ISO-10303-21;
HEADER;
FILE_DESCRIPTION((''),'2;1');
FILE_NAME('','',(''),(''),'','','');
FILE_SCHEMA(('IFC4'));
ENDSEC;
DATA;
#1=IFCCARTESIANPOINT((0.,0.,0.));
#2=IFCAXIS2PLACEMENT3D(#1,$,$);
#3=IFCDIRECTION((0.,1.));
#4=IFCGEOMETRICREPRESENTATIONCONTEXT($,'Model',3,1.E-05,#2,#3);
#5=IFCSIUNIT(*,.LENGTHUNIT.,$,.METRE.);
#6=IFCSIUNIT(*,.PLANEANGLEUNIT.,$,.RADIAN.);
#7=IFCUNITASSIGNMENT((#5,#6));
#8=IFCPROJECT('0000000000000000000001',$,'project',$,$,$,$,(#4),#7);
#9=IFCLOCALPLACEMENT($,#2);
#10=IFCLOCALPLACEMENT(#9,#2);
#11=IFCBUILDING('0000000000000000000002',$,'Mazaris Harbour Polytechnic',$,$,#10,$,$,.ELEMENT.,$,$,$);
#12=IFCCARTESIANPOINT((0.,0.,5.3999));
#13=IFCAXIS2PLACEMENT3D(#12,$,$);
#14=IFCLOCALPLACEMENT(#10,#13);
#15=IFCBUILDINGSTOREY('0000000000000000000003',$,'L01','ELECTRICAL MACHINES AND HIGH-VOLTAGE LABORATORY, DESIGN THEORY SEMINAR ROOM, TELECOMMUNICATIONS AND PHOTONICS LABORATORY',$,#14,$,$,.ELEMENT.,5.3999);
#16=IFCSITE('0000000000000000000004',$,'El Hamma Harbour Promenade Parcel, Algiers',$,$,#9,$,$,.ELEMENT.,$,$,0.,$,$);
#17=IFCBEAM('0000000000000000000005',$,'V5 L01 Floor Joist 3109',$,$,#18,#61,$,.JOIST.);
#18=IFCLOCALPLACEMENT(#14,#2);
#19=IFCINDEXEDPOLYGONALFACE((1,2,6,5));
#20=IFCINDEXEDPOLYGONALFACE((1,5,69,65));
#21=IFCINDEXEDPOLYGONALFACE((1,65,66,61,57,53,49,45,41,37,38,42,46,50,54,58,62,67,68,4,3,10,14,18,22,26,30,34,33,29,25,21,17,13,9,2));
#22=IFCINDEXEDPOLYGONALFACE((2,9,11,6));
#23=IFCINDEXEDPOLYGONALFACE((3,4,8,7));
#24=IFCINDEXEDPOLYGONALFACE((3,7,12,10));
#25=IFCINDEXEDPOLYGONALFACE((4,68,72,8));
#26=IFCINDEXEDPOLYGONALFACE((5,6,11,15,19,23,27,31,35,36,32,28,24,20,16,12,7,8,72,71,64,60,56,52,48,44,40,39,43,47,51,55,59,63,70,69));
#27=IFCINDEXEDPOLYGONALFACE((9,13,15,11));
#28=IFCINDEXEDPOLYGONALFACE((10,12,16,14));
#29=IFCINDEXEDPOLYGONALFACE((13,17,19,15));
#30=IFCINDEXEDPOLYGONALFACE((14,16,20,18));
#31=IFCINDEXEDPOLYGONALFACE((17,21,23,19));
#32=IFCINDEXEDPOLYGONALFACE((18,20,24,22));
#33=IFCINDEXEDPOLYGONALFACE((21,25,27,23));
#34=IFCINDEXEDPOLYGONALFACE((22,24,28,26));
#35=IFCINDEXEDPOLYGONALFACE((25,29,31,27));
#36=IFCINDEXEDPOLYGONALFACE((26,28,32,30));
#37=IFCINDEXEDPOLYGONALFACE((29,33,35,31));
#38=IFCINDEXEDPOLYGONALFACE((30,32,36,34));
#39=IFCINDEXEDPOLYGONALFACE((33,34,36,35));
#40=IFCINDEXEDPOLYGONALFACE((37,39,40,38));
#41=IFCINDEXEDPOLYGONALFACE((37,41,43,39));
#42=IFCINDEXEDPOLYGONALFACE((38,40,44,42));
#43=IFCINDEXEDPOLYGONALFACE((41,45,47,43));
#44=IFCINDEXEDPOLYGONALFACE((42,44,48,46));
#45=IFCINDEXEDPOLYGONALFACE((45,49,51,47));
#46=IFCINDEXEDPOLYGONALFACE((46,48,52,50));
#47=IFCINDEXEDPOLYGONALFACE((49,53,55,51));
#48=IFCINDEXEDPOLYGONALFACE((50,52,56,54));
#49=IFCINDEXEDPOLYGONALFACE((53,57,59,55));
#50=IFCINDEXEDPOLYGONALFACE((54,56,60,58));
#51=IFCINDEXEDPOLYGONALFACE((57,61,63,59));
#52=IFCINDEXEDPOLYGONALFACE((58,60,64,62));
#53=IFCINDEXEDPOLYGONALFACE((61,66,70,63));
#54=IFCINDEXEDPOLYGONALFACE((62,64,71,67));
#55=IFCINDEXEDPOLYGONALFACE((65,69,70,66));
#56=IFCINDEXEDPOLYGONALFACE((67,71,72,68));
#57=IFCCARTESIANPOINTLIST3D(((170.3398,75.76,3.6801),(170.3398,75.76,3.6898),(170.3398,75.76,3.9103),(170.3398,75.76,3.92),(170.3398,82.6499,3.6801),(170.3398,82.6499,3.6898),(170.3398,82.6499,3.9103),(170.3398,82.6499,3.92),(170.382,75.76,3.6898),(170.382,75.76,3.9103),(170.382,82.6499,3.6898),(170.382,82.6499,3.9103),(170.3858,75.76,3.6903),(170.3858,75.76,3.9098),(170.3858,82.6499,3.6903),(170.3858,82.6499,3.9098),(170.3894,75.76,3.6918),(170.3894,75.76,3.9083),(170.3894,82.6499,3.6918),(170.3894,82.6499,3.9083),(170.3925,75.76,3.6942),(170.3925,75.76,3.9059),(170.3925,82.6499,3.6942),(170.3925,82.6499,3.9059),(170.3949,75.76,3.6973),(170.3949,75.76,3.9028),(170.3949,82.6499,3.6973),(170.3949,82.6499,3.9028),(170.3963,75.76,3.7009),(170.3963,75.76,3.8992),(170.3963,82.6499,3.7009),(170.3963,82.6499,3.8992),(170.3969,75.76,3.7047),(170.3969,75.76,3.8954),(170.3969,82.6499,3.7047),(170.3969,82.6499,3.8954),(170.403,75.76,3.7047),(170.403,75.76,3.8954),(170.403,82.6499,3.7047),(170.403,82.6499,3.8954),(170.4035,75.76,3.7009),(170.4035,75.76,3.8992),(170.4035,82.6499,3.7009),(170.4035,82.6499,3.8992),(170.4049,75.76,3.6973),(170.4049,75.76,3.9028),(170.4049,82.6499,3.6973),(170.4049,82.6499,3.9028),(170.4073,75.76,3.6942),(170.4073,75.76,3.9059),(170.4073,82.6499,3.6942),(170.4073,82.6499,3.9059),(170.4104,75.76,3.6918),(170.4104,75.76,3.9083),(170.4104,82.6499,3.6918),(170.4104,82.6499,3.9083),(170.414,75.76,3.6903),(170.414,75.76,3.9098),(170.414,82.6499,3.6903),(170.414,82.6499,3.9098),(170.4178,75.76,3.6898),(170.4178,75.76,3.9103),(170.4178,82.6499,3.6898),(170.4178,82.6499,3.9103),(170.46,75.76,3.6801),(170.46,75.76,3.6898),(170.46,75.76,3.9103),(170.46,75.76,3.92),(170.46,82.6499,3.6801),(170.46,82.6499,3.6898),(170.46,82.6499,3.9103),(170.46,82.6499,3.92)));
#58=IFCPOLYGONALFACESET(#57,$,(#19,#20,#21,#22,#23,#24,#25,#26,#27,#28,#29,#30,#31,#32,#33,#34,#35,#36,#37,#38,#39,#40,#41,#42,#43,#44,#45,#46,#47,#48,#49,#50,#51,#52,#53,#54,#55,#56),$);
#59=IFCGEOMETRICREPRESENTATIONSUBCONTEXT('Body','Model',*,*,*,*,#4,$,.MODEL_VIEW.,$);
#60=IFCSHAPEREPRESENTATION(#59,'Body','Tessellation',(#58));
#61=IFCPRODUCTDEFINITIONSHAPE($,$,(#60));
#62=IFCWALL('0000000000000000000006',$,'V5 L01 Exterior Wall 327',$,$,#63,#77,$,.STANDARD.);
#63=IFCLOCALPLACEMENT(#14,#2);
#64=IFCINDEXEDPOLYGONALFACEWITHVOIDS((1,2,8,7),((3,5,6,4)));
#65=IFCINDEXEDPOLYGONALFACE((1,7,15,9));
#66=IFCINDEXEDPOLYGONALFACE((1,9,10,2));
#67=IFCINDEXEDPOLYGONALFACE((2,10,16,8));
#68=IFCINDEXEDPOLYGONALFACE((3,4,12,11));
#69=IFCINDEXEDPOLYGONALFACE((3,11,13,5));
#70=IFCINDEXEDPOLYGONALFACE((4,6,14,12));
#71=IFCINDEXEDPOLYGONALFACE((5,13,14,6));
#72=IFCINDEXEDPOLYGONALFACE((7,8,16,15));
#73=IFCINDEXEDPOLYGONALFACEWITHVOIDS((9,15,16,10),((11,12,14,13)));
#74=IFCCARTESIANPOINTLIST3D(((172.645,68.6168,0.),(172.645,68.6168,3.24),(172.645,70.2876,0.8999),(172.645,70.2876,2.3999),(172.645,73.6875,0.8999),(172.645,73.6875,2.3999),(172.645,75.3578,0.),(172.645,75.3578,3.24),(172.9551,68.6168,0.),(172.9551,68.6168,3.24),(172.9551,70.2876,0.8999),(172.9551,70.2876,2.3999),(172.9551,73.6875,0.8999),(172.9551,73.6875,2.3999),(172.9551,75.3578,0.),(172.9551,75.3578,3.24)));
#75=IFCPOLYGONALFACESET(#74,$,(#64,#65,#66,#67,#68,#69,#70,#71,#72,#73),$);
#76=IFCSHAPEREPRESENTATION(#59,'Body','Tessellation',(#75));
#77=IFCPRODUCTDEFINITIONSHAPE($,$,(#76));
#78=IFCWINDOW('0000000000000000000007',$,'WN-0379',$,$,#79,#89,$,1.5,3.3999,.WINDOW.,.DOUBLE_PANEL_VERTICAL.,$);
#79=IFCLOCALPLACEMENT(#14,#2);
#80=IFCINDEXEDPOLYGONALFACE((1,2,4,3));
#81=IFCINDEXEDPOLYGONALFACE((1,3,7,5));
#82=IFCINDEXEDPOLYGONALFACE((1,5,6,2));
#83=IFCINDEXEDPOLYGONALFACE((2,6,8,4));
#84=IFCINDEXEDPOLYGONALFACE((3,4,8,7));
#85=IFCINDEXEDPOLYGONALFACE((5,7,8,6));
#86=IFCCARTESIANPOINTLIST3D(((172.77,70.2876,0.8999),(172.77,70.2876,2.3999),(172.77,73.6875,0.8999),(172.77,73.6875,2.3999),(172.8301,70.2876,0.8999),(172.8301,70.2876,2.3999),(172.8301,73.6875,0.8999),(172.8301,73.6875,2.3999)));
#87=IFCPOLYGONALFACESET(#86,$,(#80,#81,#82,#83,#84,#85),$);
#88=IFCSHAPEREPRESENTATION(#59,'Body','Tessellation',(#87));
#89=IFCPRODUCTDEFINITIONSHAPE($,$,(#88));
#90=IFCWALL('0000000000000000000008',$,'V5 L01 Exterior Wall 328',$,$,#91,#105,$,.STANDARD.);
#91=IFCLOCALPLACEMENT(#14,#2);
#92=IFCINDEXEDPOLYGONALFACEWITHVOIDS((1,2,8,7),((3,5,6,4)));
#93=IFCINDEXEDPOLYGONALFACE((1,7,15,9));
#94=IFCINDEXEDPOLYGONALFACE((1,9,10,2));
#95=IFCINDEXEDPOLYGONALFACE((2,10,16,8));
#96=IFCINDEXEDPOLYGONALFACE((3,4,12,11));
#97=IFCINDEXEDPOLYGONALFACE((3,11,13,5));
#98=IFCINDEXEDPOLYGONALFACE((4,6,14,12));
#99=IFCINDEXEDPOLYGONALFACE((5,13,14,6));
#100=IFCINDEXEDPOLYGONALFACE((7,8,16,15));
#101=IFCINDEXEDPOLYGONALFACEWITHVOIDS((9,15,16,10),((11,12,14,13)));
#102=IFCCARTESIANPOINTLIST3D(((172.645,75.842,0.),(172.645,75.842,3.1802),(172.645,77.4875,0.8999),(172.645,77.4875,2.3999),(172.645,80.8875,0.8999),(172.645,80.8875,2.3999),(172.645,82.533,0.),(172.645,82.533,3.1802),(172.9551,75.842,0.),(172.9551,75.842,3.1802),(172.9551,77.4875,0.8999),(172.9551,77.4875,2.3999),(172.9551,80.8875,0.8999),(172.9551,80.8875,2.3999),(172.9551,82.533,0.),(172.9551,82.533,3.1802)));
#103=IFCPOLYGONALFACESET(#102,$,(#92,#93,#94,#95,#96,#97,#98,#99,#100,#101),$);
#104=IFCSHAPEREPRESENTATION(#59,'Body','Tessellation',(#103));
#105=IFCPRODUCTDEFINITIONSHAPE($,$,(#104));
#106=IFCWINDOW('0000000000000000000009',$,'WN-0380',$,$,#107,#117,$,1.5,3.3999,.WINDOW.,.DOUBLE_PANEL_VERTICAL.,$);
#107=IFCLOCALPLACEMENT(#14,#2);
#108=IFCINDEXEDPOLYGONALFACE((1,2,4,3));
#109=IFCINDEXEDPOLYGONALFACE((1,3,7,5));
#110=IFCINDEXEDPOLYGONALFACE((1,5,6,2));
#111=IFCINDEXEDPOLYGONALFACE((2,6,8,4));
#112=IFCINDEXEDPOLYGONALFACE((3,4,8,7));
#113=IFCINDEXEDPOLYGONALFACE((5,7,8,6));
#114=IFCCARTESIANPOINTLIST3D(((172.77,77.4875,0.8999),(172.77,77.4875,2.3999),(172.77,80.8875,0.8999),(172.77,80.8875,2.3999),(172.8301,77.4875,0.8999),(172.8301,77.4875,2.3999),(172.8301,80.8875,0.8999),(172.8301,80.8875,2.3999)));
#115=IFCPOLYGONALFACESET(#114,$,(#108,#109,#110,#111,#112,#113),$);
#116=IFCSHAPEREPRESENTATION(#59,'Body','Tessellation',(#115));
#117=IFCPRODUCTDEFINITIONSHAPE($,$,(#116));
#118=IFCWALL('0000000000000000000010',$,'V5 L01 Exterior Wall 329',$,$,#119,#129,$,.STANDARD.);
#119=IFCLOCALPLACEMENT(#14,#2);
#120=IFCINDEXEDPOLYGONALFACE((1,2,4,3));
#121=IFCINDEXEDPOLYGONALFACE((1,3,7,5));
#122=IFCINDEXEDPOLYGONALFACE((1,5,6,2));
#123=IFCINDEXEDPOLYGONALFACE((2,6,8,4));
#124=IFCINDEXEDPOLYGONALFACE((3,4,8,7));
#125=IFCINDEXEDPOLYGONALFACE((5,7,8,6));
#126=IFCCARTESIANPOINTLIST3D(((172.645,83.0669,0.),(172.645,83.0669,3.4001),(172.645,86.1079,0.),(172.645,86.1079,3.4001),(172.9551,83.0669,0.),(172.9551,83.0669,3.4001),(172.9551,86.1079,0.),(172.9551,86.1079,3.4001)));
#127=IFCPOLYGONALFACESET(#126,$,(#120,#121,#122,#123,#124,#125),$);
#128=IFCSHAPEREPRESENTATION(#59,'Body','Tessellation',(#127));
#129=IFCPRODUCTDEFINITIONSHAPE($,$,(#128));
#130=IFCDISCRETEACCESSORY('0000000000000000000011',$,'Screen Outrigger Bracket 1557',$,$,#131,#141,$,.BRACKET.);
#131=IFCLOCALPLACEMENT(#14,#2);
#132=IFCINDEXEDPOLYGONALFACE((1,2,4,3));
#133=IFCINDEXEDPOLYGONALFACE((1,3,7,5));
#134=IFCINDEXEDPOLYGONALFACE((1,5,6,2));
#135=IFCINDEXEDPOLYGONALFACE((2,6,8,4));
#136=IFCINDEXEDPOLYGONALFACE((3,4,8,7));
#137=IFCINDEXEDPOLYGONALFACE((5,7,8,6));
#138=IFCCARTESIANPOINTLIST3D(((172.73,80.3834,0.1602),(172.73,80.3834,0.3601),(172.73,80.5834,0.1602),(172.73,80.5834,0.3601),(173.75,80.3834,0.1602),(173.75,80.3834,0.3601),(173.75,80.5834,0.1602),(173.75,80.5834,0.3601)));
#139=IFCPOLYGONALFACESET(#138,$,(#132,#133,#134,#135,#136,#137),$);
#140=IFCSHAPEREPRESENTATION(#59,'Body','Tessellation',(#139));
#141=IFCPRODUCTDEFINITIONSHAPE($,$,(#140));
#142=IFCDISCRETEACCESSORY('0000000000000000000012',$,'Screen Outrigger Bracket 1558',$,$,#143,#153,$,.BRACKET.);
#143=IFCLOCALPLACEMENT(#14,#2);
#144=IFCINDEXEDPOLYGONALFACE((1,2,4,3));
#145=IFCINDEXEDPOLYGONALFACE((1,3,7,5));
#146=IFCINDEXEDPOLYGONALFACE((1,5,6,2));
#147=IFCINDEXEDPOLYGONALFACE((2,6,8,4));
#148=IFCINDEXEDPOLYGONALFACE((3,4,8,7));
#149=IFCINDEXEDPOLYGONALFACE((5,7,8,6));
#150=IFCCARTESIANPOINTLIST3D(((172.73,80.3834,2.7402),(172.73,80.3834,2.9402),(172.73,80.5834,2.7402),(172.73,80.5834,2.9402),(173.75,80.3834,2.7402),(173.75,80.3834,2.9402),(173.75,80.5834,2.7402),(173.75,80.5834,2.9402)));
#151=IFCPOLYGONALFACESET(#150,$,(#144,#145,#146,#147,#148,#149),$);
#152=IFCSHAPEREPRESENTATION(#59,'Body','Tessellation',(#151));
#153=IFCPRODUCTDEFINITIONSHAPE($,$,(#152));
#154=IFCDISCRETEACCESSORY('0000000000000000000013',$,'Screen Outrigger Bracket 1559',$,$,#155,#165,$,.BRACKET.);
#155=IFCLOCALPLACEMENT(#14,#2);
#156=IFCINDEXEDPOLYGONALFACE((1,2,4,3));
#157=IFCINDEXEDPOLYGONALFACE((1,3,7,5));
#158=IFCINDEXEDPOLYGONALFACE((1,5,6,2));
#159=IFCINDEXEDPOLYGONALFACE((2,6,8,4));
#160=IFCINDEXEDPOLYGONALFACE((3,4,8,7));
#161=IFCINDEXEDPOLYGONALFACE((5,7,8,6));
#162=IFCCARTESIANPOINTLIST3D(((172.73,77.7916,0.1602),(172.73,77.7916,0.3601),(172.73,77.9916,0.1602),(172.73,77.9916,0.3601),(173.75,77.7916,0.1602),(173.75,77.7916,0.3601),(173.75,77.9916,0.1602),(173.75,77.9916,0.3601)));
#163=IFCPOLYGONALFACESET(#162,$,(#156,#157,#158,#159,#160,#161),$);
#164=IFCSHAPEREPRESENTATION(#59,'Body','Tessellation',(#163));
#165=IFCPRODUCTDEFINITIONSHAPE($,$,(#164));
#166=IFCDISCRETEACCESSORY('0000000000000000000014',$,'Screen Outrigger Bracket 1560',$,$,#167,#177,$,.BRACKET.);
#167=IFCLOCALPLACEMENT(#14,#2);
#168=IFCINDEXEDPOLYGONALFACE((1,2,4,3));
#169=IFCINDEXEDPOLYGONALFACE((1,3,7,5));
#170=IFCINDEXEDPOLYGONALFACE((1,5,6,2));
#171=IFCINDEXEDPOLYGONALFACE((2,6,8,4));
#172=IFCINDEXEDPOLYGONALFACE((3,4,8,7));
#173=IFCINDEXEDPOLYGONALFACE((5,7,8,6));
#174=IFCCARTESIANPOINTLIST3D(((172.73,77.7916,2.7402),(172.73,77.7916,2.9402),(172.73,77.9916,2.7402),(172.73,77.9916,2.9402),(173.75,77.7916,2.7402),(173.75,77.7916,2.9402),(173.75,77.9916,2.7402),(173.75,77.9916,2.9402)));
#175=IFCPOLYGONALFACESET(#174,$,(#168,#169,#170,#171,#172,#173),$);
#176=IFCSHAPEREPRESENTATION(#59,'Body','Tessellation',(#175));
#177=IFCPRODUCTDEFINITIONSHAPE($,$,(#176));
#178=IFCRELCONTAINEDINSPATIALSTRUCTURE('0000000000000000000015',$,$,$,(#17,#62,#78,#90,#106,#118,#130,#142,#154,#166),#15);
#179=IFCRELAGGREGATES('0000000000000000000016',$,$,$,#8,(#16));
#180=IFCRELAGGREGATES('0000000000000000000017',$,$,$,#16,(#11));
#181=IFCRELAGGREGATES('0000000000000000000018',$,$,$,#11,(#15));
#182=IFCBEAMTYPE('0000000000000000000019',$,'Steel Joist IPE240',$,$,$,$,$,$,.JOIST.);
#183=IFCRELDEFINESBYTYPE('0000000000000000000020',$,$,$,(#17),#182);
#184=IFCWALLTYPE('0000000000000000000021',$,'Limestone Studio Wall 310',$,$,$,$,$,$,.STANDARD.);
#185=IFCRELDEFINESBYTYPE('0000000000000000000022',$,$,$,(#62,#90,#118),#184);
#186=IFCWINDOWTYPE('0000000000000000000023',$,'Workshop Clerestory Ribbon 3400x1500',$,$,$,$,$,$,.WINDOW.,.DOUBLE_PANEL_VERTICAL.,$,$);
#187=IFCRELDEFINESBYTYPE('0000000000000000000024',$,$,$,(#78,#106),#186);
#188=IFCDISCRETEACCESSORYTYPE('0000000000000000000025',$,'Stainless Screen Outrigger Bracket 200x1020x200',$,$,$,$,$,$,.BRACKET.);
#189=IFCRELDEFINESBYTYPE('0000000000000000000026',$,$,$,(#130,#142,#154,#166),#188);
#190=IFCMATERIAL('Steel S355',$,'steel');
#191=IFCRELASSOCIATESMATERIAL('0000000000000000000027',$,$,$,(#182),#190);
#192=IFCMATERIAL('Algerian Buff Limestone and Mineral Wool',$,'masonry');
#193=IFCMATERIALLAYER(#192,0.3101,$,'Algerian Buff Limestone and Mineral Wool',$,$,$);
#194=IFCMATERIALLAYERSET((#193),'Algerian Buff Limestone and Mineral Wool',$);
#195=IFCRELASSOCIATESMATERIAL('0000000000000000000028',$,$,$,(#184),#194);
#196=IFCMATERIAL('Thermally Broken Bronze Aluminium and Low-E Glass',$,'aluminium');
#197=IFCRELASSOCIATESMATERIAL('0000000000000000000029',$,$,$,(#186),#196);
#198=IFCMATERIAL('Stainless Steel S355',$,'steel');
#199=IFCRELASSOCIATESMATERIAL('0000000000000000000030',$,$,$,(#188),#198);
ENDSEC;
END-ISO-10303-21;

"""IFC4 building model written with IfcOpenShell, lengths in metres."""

from ifc_helpers import new_model, si_unit, direction, frame, frame_2d, origin, origin_2d, place, context, subcontext, project, spatial, rectangle, i_section, extrude, material, layer, layer_set, material_profile, profile_set, type_object, element, fill, save


model = new_model("IFC4")

# Units and contexts
model_context = context("Model", 3, precision=1e-05, world=origin(), true_north=direction((0.0, 1.0)))
body_context = subcontext(model_context, "Body", "Model", "MODEL_VIEW")
ifc_project = project(units=[si_unit("LENGTHUNIT", "METRE"), si_unit("PLANEANGLEUNIT", "RADIAN")], contexts=[model_context])

# Site, building, storey
site_placement = place(None, origin())
site = spatial("IfcSite", under=ifc_project, at=site_placement, Name="El Hamma Harbour Promenade Parcel, Algiers", CompositionType="ELEMENT", RefElevation=0.0)
building_placement = place(site_placement, origin())
building = spatial("IfcBuilding", under=site, at=building_placement, Name="Mazaris Harbour Polytechnic", CompositionType="ELEMENT")
storey_placement = place(building_placement, frame((0.0, 0.0, 5.3999)))
storey = spatial("IfcBuildingStorey", under=building, at=storey_placement, Name="L01", Description="ELECTRICAL MACHINES AND HIGH-VOLTAGE LABORATORY, DESIGN THEORY SEMINAR ROOM, TELECOMMUNICATIONS AND PHOTONICS LABORATORY", CompositionType="ELEMENT", Elevation=5.3999)

# Beam
ifc_material_1 = material(Name="Steel S355", Category="steel")
ifc_material_profile_1 = material_profile(ifc_material_1, i_section(OverallWidth=0.1201, OverallDepth=0.24, WebThickness=0.0061, FlangeThickness=0.0098, FilletRadius=0.0149, at=origin_2d()), Name="IPE 240")
ifc_profile_set_1 = profile_set([ifc_material_profile_1], Name="Steel S355")
beam_type_1 = type_object("IfcBeamType", Name="Steel Joist IPE240", PredefinedType="JOIST", material=ifc_profile_set_1)
beam_1_placement = place(storey_placement, frame((170.3999, 75.76, 3.8), z_axis=(0.0, 1.0, 0.0), x_axis=(-1.0, 0.0, 0.0)))
element("IfcBeam", 1, at=beam_1_placement, inside=storey, type_object=beam_type_1, Name="V5 L01 Floor Joist 3109", PredefinedType="JOIST", context=body_context, shape_type="SweptSolid", body=[
    extrude(i_section(OverallWidth=0.1201, OverallDepth=0.24, WebThickness=0.0061, FlangeThickness=0.0098, FilletRadius=0.0149, at=origin_2d()), origin(), (0.0, 0.0, 1.0), 6.8899),
])

# Walls, openings, windows
ifc_material_2 = material(Name="Algerian Buff Limestone and Mineral Wool", Category="masonry")
ifc_layer = layer(ifc_material_2, 0.3101, Name="Algerian Buff Limestone and Mineral Wool")
ifc_layer_set = layer_set([ifc_layer], Name="Algerian Buff Limestone and Mineral Wool")
wall_type = type_object("IfcWallType", Name="Limestone Studio Wall 310", PredefinedType="STANDARD", material=ifc_layer_set)
wall_1_placement = place(storey_placement, frame((172.8, 75.3579, 0.0), z_axis=(0.0, 0.0, 1.0), x_axis=(0.0, -1.0, 0.0)))
wall_1 = element("IfcWall", 2, at=wall_1_placement, inside=storey, type_object=wall_type, Name="V5 L01 Exterior Wall 327", PredefinedType="STANDARD", context=body_context, shape_type="SweptSolid", body=[
    extrude(rectangle(XDim=6.741, YDim=0.3101, at=frame_2d((3.3706, 0.0))), origin(), (0.0, 0.0, 1.0), 3.24),
])
opening_1_placement = place(wall_1_placement, frame((1.6704, 0.0, 0.8999)))
opening_1 = element("IfcOpeningElement", 3, at=opening_1_placement, cuts=wall_1, PredefinedType="OPENING", context=body_context, shape_type="SweptSolid", body=[
    extrude(rectangle(XDim=3.3999, YDim=1.5, at=frame_2d((1.7, 0.75))), frame((0.0, 0.165, 0.0), z_axis=(0.0, -1.0, 0.0), x_axis=(1.0, 0.0, 0.0)), (0.0, 0.0, 1.0), 0.3301),
])
ifc_material_3 = material(Name="Thermally Broken Bronze Aluminium and Low-E Glass", Category="aluminium")
window_type = type_object("IfcWindowType", Name="Workshop Clerestory Ribbon 3400x1500", PartitioningType="DOUBLE_PANEL_VERTICAL", PredefinedType="WINDOW", material=ifc_material_3)
window_1_placement = place(opening_1_placement, origin())
window_1 = element("IfcWindow", 4, at=window_1_placement, inside=storey, type_object=window_type, Name="WN-0379", OverallHeight=1.5, OverallWidth=3.3999, PartitioningType="DOUBLE_PANEL_VERTICAL", PredefinedType="WINDOW", context=body_context, shape_type="SweptSolid", body=[
    extrude(rectangle(XDim=3.3999, YDim=1.5, at=frame_2d((1.7, 0.75))), frame((0.0, 0.03, 0.0), z_axis=(0.0, -1.0, 0.0), x_axis=(1.0, 0.0, 0.0)), (0.0, 0.0, 1.0), 0.0601),
])
fill(opening_1, window_1)
wall_2_placement = place(storey_placement, frame((172.8, 82.533, 0.0), z_axis=(0.0, 0.0, 1.0), x_axis=(0.0, -1.0, 0.0)))
wall_2 = element("IfcWall", 5, at=wall_2_placement, inside=storey, type_object=wall_type, Name="V5 L01 Exterior Wall 328", PredefinedType="STANDARD", context=body_context, shape_type="SweptSolid", body=[
    extrude(rectangle(XDim=6.6909, YDim=0.3101, at=frame_2d((3.3455, 0.0))), origin(), (0.0, 0.0, 1.0), 3.1802),
])
opening_2_placement = place(wall_2_placement, frame((1.6455, 0.0, 0.8999)))
opening_2 = element("IfcOpeningElement", 6, at=opening_2_placement, cuts=wall_2, PredefinedType="OPENING", context=body_context, shape_type="SweptSolid", body=[
    extrude(rectangle(XDim=3.3999, YDim=1.5, at=frame_2d((1.7, 0.75))), frame((0.0, 0.165, 0.0), z_axis=(0.0, -1.0, 0.0), x_axis=(1.0, 0.0, 0.0)), (0.0, 0.0, 1.0), 0.3301),
])
window_2_placement = place(opening_2_placement, origin())
window_2 = element("IfcWindow", 7, at=window_2_placement, inside=storey, type_object=window_type, Name="WN-0380", OverallHeight=1.5, OverallWidth=3.3999, PartitioningType="DOUBLE_PANEL_VERTICAL", PredefinedType="WINDOW", context=body_context, shape_type="SweptSolid", body=[
    extrude(rectangle(XDim=3.3999, YDim=1.5, at=frame_2d((1.7, 0.75))), frame((0.0, 0.03, 0.0), z_axis=(0.0, -1.0, 0.0), x_axis=(1.0, 0.0, 0.0)), (0.0, 0.0, 1.0), 0.0601),
])
fill(opening_2, window_2)

# Wall
wall_3_placement = place(storey_placement, frame((172.8, 86.1079, 0.0), z_axis=(0.0, 0.0, 1.0), x_axis=(0.0, -1.0, 0.0)))
element("IfcWall", 8, at=wall_3_placement, inside=storey, type_object=wall_type, Name="V5 L01 Exterior Wall 329", PredefinedType="STANDARD", context=body_context, shape_type="SweptSolid", body=[
    extrude(rectangle(XDim=3.041, YDim=0.3101, at=frame_2d((1.5205, 0.0))), origin(), (0.0, 0.0, 1.0), 3.4001),
])

# Discrete accessories
ifc_material_4 = material(Name="Stainless Steel S355", Category="steel")
discrete_accessory_type = type_object("IfcDiscreteAccessoryType", Name="Stainless Screen Outrigger Bracket 200x1020x200", PredefinedType="BRACKET", material=ifc_material_4)
for number, where, z_axis, x_axis, name in (
    (9, (173.24, 80.4834, 0.1602), (0.0, 0.0, 1.0), (0.0, -1.0, 0.0), "Screen Outrigger Bracket 1557"),
    (10, (173.24, 80.4834, 2.7402), (0.0, 0.0, 1.0), (0.0, -1.0, 0.0), "Screen Outrigger Bracket 1558"),
    (11, (173.24, 77.8916, 0.1602), (0.0, 0.0, 1.0), (0.0, -1.0, 0.0), "Screen Outrigger Bracket 1559"),
    (12, (173.24, 77.8916, 2.7402), (0.0, 0.0, 1.0), (0.0, -1.0, 0.0), "Screen Outrigger Bracket 1560"),
):
    element("IfcDiscreteAccessory", number, at=place(storey_placement, frame(where, z_axis=z_axis, x_axis=x_axis)), inside=storey, type_object=discrete_accessory_type, Name=name, PredefinedType="BRACKET", context=body_context, shape_type="SweptSolid", body=[
        extrude(rectangle(XDim=0.2, YDim=1.02, at=origin_2d()), origin(), (0.0, 0.0, 1.0), 0.2),
    ])

save(model, "model.ifc")
